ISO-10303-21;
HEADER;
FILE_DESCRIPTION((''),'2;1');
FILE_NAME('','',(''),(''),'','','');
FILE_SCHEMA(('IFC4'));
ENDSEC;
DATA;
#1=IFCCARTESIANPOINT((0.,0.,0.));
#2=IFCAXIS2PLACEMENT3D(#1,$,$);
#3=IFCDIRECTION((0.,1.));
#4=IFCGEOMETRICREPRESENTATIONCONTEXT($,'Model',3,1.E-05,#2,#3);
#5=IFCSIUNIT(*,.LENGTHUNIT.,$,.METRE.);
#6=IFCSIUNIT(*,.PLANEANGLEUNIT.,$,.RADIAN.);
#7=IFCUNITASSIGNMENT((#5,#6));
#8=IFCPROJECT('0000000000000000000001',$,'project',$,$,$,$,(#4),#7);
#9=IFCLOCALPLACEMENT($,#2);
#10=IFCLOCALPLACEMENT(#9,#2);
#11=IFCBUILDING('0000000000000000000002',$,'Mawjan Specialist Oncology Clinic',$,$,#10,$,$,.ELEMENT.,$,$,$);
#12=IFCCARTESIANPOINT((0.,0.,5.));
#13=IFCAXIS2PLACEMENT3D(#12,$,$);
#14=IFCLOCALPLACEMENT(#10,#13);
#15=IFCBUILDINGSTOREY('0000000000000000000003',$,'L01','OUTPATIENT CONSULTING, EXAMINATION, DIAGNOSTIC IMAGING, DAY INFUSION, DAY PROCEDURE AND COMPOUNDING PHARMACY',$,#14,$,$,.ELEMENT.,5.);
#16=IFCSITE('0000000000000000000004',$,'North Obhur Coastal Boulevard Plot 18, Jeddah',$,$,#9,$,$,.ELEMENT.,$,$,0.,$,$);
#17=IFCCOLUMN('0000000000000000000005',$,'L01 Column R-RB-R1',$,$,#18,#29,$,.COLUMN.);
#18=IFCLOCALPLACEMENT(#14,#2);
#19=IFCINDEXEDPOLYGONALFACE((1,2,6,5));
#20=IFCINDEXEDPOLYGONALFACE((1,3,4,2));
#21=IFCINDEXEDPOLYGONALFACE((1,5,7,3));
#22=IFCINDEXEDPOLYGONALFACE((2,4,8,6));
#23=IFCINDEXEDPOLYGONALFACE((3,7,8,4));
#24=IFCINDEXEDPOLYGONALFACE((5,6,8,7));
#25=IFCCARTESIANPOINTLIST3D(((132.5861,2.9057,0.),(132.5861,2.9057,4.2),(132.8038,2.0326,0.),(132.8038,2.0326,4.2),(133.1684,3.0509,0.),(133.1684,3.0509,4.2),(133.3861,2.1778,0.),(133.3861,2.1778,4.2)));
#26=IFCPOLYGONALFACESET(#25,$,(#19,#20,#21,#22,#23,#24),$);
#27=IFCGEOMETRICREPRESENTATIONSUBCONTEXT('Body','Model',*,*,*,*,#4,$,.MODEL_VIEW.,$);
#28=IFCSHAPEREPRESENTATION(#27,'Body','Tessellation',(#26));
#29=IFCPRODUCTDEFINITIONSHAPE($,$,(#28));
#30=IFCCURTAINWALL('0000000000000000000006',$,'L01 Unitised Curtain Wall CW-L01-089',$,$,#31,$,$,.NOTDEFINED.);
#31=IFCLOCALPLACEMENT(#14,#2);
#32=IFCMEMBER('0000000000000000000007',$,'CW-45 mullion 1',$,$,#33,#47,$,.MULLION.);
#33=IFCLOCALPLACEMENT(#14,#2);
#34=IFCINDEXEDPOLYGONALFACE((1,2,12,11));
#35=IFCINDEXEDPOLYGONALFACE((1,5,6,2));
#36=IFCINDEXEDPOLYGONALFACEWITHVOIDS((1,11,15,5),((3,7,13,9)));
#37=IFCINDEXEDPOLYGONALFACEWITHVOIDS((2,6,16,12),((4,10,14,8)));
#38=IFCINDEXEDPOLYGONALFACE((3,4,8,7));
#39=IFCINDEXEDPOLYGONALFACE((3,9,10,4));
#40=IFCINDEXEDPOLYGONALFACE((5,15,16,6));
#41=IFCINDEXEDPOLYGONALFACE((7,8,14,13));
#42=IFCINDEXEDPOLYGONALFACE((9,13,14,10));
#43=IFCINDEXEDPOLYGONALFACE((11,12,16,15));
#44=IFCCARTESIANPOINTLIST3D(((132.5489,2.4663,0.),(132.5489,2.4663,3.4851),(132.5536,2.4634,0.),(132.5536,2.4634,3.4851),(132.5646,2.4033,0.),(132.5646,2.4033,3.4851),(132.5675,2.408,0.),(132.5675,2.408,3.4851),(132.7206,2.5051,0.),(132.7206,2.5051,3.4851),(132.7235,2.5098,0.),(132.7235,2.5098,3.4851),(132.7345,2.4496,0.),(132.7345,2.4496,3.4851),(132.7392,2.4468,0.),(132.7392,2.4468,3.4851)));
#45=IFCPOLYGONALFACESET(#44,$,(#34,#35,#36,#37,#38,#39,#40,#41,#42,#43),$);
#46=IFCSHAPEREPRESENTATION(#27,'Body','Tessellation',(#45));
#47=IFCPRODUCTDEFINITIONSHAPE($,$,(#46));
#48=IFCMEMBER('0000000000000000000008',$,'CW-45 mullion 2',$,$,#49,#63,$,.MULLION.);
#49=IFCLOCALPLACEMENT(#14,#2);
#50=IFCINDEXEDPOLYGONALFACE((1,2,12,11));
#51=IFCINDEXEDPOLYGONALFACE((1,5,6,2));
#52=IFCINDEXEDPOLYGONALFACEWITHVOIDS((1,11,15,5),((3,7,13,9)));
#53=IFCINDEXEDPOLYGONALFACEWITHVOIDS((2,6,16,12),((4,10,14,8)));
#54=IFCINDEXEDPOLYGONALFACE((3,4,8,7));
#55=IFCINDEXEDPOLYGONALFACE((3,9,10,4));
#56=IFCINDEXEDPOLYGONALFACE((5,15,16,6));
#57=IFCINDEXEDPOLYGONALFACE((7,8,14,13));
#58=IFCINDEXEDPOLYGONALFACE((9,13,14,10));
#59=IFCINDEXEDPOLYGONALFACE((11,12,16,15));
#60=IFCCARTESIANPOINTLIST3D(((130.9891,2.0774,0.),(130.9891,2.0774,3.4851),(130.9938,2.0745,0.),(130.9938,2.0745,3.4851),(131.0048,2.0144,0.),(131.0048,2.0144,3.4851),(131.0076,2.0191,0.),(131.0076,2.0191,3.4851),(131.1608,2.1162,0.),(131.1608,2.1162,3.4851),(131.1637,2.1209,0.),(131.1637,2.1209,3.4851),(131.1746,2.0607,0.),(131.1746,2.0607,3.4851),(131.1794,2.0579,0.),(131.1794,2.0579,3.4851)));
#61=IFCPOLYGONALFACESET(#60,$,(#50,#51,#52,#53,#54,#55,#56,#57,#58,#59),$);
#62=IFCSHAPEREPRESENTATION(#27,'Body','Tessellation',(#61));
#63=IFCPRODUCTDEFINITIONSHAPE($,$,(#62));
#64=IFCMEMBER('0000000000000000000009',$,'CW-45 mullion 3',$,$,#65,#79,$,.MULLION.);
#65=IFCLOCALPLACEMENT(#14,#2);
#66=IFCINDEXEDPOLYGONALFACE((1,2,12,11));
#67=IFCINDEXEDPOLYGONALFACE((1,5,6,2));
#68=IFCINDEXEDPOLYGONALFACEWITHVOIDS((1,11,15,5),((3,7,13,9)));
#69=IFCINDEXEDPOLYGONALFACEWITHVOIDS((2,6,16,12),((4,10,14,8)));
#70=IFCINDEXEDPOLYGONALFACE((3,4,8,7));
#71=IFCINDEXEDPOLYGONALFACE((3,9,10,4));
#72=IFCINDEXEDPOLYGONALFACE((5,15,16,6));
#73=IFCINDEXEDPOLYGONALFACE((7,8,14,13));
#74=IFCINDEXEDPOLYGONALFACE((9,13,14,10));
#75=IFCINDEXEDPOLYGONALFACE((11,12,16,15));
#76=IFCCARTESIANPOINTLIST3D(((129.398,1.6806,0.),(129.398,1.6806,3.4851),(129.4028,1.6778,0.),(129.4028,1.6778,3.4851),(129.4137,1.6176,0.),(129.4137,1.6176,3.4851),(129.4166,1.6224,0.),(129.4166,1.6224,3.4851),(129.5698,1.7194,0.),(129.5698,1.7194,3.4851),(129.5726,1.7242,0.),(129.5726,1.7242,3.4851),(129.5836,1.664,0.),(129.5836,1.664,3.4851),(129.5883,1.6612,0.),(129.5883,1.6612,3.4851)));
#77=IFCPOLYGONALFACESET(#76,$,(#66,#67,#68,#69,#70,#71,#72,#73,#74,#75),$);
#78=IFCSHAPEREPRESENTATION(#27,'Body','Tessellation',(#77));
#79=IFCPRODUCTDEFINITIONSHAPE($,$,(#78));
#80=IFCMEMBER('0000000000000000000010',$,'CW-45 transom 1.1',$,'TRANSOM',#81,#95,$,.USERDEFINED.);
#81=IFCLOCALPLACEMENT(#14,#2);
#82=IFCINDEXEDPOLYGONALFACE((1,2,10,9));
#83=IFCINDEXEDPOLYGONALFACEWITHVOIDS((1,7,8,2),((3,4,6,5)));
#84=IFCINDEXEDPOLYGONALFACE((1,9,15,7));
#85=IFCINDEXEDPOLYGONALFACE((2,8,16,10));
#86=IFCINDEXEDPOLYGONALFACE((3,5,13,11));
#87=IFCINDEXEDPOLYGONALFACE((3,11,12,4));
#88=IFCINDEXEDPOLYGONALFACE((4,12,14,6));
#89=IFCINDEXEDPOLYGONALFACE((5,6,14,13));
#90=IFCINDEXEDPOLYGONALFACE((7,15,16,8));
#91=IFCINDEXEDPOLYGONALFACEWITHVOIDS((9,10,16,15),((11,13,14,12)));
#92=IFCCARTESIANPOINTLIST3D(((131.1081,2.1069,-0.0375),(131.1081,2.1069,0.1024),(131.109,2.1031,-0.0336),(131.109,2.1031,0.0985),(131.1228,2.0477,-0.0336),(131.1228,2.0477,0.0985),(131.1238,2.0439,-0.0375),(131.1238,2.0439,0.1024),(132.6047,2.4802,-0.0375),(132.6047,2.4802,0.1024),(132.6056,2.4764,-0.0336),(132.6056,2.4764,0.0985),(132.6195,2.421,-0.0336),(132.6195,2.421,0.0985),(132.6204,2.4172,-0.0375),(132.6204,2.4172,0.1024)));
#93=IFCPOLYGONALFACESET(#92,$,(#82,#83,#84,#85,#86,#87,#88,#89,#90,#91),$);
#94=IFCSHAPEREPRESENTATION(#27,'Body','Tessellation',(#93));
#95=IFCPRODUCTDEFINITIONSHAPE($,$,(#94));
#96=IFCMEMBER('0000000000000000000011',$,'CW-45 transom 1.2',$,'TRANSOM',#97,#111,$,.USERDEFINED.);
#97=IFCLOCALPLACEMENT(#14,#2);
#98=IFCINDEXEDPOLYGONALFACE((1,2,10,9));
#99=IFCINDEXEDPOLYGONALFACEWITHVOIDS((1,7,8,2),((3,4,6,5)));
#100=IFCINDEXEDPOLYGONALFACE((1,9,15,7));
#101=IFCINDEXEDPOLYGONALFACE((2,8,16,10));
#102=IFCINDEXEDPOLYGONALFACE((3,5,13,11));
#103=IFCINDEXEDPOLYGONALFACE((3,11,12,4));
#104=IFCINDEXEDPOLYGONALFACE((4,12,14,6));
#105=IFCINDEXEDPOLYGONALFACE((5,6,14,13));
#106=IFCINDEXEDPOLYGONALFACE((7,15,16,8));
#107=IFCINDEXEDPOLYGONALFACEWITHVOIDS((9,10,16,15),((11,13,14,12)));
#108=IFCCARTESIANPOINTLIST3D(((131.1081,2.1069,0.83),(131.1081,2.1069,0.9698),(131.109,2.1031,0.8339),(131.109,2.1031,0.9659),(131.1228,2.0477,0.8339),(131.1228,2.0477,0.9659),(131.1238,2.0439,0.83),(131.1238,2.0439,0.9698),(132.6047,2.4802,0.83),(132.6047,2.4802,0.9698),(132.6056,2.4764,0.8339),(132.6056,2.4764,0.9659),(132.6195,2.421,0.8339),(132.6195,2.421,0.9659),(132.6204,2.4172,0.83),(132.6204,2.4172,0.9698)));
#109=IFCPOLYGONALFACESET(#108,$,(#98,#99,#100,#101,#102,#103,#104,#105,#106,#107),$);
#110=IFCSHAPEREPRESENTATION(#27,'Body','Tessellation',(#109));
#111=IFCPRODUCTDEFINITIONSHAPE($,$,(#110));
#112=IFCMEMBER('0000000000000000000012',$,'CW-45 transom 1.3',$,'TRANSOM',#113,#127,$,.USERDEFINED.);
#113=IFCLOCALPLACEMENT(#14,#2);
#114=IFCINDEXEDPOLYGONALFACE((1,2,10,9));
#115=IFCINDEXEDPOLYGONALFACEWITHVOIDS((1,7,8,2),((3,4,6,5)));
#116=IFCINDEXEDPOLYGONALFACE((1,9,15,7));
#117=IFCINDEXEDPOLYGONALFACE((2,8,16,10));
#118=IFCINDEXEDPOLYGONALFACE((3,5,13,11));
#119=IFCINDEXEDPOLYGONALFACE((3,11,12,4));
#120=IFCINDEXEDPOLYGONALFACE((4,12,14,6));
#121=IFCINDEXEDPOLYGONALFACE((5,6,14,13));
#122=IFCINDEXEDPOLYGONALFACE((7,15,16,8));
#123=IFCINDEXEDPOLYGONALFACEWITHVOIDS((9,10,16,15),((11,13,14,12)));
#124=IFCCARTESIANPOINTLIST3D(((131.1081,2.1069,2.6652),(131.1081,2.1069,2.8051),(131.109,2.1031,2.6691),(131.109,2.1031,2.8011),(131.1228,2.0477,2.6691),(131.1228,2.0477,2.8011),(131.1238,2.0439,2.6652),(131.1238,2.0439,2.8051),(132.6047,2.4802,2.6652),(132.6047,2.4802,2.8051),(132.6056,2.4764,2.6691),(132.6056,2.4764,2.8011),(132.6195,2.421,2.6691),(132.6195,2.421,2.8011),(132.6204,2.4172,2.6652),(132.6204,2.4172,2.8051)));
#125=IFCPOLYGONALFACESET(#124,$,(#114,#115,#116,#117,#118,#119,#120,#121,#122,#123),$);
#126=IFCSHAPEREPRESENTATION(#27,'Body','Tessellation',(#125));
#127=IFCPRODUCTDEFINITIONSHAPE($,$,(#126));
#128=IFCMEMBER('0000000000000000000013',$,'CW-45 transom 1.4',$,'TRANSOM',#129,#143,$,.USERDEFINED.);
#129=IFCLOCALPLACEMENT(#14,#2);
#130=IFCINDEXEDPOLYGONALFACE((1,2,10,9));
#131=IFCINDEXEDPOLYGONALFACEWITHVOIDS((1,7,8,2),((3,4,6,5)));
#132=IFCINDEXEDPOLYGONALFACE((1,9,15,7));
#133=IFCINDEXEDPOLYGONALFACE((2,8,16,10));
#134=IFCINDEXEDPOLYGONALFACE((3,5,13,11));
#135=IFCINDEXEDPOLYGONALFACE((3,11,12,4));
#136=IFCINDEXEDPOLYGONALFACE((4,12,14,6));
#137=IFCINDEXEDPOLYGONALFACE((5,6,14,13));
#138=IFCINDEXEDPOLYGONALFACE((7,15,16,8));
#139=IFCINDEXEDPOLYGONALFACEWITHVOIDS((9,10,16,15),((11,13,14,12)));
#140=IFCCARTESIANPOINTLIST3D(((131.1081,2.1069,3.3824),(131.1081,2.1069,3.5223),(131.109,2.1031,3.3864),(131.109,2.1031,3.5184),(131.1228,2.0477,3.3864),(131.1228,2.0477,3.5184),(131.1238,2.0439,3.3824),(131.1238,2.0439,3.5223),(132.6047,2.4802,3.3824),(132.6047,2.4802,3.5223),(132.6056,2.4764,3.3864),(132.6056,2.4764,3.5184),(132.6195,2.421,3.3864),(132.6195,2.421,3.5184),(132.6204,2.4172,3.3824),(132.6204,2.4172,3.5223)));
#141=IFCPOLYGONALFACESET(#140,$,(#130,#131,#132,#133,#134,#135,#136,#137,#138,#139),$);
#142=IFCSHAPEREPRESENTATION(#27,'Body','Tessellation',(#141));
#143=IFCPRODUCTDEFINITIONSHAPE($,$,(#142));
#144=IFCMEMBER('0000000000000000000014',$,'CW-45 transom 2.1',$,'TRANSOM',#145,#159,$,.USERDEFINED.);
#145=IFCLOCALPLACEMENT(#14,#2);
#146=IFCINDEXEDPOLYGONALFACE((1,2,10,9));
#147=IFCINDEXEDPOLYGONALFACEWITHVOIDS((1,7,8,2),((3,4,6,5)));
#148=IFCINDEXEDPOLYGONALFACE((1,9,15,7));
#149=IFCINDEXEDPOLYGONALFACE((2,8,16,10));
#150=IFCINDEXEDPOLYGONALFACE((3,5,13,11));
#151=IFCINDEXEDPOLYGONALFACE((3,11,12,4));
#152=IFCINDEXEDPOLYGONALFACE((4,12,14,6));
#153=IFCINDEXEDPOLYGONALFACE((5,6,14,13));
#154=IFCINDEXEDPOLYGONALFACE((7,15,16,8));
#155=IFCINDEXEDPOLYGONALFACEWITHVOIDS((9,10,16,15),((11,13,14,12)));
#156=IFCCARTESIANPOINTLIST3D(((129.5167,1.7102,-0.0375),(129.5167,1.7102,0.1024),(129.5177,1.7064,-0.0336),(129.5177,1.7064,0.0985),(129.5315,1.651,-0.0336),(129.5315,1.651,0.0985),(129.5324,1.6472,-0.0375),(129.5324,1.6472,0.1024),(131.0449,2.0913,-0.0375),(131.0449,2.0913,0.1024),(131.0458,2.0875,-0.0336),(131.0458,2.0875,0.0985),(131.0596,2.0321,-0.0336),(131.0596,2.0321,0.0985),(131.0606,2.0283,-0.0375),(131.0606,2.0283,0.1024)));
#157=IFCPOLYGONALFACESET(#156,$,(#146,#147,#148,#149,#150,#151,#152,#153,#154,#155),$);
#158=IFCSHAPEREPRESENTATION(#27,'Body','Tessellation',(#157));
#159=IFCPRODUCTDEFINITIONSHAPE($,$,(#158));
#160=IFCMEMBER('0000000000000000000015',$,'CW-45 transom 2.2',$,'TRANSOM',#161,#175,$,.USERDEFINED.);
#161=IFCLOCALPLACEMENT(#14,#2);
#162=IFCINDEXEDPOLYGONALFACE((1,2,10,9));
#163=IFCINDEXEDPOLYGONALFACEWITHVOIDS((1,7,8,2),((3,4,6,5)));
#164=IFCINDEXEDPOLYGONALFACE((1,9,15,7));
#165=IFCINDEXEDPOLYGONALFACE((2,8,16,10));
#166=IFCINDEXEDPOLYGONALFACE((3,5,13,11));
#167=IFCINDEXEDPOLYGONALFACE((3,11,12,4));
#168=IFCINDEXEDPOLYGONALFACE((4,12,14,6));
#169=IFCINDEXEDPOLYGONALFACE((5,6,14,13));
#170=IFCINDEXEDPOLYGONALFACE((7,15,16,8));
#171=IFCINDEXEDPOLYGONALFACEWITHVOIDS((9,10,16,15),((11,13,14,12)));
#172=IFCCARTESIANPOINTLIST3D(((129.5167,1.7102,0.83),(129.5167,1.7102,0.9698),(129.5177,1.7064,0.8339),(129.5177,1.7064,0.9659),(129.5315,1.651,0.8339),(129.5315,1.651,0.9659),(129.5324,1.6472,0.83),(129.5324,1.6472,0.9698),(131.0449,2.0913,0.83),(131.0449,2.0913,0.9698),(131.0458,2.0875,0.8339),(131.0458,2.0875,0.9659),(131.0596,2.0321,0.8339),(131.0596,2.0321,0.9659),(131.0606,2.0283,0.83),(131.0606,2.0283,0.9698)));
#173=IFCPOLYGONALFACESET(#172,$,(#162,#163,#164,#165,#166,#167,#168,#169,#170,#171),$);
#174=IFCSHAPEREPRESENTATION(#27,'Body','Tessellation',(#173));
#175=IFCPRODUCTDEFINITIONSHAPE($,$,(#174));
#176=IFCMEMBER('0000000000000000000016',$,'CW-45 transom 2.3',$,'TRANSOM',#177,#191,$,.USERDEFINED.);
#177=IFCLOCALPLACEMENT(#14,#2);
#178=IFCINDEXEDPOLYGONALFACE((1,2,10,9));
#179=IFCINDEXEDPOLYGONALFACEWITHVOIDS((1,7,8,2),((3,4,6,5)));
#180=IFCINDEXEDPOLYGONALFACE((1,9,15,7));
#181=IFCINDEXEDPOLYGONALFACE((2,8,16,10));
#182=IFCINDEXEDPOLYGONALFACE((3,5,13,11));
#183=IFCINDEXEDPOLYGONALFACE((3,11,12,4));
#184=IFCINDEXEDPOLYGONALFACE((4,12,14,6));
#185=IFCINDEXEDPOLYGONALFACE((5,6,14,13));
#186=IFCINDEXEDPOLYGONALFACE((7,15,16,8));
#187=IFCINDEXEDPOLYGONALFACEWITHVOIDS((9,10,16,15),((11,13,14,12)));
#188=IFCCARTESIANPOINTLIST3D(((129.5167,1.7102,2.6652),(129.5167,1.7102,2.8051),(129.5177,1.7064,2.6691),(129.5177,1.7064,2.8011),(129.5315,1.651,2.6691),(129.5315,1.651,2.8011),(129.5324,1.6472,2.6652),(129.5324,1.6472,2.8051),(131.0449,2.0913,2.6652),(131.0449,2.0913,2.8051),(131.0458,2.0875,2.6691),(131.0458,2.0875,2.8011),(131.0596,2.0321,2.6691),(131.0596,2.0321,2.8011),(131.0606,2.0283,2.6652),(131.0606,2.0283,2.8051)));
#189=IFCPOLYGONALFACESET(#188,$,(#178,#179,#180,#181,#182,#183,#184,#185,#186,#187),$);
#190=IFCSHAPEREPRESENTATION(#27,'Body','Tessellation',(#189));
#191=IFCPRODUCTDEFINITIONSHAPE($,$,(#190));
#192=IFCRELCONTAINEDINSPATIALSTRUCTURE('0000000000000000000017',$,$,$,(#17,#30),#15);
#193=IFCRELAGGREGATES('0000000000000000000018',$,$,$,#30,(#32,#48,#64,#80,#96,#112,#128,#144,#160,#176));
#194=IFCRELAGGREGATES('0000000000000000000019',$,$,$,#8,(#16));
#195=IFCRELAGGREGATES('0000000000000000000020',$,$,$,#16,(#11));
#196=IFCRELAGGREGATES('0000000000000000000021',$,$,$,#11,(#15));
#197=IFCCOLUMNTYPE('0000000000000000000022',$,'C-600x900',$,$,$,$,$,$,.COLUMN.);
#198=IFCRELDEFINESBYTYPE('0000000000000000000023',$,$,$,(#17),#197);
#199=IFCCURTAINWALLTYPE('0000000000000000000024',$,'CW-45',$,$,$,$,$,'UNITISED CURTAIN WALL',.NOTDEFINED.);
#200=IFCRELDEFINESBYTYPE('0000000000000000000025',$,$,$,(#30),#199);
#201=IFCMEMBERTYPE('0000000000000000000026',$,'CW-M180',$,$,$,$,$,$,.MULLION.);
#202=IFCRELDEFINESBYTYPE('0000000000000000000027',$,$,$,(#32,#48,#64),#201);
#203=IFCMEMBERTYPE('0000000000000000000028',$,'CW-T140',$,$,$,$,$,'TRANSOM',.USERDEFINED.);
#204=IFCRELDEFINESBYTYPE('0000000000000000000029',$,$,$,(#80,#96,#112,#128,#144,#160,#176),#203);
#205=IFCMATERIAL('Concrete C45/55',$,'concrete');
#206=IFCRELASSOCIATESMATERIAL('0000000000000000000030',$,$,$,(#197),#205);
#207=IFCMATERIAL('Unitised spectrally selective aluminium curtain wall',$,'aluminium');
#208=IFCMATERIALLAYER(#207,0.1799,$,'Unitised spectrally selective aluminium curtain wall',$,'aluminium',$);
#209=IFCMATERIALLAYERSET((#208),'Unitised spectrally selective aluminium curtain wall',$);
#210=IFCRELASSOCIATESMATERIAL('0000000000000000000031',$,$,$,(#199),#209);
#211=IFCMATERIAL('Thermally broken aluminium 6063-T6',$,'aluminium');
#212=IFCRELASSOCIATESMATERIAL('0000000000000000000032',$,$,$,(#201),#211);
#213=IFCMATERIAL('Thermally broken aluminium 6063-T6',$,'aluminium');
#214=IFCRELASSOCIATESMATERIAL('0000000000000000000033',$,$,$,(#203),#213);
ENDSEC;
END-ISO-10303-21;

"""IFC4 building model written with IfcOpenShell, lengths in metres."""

from ifc_helpers import new_model, si_unit, direction, frame, origin, origin_2d, place, context, subcontext, project, spatial, rectangle, hollow_rectangle, extrude, material, layer, layer_set, material_profile, profile_set, type_object, element, aggregate, save


model = new_model("IFC4")

# Units and contexts
model_context = context("Model", 3, precision=1e-05, world=origin(), true_north=direction((0.0, 1.0)))
body_context = subcontext(model_context, "Body", "Model", "MODEL_VIEW")
ifc_project = project(units=[si_unit("LENGTHUNIT", "METRE"), si_unit("PLANEANGLEUNIT", "RADIAN")], contexts=[model_context])

# Site, building, storey
site_placement = place(None, origin())
site = spatial("IfcSite", under=ifc_project, at=site_placement, Name="North Obhur Coastal Boulevard Plot 18, Jeddah", CompositionType="ELEMENT", RefElevation=0.0)
building_placement = place(site_placement, origin())
building = spatial("IfcBuilding", under=site, at=building_placement, Name="Mawjan Specialist Oncology Clinic", CompositionType="ELEMENT")
storey_placement = place(building_placement, frame((0.0, 0.0, 5.0)))
storey = spatial("IfcBuildingStorey", under=building, at=storey_placement, Name="L01", Description="OUTPATIENT CONSULTING, EXAMINATION, DIAGNOSTIC IMAGING, DAY INFUSION, DAY PROCEDURE AND COMPOUNDING PHARMACY", CompositionType="ELEMENT", Elevation=5.0)

# Column
ifc_material_1 = material(Name="Concrete C45/55", Category="concrete")
ifc_material_profile_1 = material_profile(ifc_material_1, rectangle(XDim=0.6001, YDim=0.8999, at=origin_2d()), Name="RC COL 600x900", Category="concrete")
ifc_profile_set_1 = profile_set([ifc_material_profile_1], Name="Concrete C45/55")
column_type = type_object("IfcColumnType", Name="C-600x900", PredefinedType="COLUMN", material=ifc_profile_set_1)
column_placement = place(storey_placement, frame((132.9861, 2.5417, 0.0), z_axis=(0.0, 0.0, 1.0), x_axis=(0.970296, 0.241922, 0.0)))
element("IfcColumn", 1, at=column_placement, inside=storey, type_object=column_type, Name="L01 Column R-RB-R1", PredefinedType="COLUMN", context=body_context, shape_type="SweptSolid", body=[
    extrude(rectangle(XDim=0.6001, YDim=0.8999, at=origin_2d()), origin(), (0.0, 0.0, 1.0), 4.2),
])

# Curtain wall, members
ifc_material_2 = material(Name="Unitised spectrally selective aluminium curtain wall", Category="aluminium")
ifc_layer_1 = layer(ifc_material_2, 0.1799, Name="Unitised spectrally selective aluminium curtain wall", Category="aluminium")
ifc_layer_set_1 = layer_set([ifc_layer_1], Name="Unitised spectrally selective aluminium curtain wall")
curtain_wall_type = type_object("IfcCurtainWallType", Name="CW-45", ElementType="UNITISED CURTAIN WALL", PredefinedType="NOTDEFINED", material=ifc_layer_set_1)
curtain_wall_placement = place(storey_placement, origin())
curtain_wall = element("IfcCurtainWall", 2, at=curtain_wall_placement, inside=storey, type_object=curtain_wall_type, Name="L01 Unitised Curtain Wall CW-L01-089", PredefinedType="NOTDEFINED")
ifc_material_3 = material(Name="Thermally broken aluminium 6063-T6", Category="aluminium")
ifc_material_profile_2 = material_profile(ifc_material_3, hollow_rectangle(XDim=0.0649, YDim=0.1799, WallThickness=0.0039, at=origin_2d()), Name="ALU MULLION 180x65x4", Category="aluminium")
ifc_profile_set_2 = profile_set([ifc_material_profile_2], Name="Thermally broken aluminium 6063-T6")
member_type_1 = type_object("IfcMemberType", Name="CW-M180", PredefinedType="MULLION", material=ifc_profile_set_2)
member_1_placement = place(storey_placement, frame((132.644, 2.4565, 0.0), z_axis=(0.0, 0.0, 1.0), x_axis=(0.241922, -0.970296, 0.0)))
member_1 = element("IfcMember", 3, at=member_1_placement, type_object=member_type_1, Name="CW-45 mullion 1", PredefinedType="MULLION", context=body_context, shape_type="SweptSolid", body=[
    extrude(hollow_rectangle(XDim=0.0649, YDim=0.1799, WallThickness=0.0039, at=origin_2d()), origin(), (0.0, 0.0, 1.0), 3.4851),
])
member_2_placement = place(storey_placement, frame((131.0842, 2.0676, 0.0), z_axis=(0.0, 0.0, 1.0), x_axis=(0.241922, -0.970296, 0.0)))
member_2 = element("IfcMember", 4, at=member_2_placement, type_object=member_type_1, Name="CW-45 mullion 2", PredefinedType="MULLION", context=body_context, shape_type="SweptSolid", body=[
    extrude(hollow_rectangle(XDim=0.0649, YDim=0.1799, WallThickness=0.0039, at=origin_2d()), origin(), (0.0, 0.0, 1.0), 3.4851),
])
member_3_placement = place(storey_placement, frame((129.4932, 1.6709, 0.0), z_axis=(0.0, 0.0, 1.0), x_axis=(0.241922, -0.970296, 0.0)))
member_3 = element("IfcMember", 5, at=member_3_placement, type_object=member_type_1, Name="CW-45 mullion 3", PredefinedType="MULLION", context=body_context, shape_type="SweptSolid", body=[
    extrude(hollow_rectangle(XDim=0.0649, YDim=0.1799, WallThickness=0.0039, at=origin_2d()), origin(), (0.0, 0.0, 1.0), 3.4851),
])
ifc_material_4 = material(Name="Thermally broken aluminium 6063-T6", Category="aluminium")
ifc_material_profile_3 = material_profile(ifc_material_4, hollow_rectangle(XDim=0.0649, YDim=0.1399, WallThickness=0.0039, at=origin_2d()), Name="ALU TRANSOM 140x65x4", Category="aluminium")
ifc_profile_set_3 = profile_set([ifc_material_profile_3], Name="Thermally broken aluminium 6063-T6")
member_type_2 = type_object("IfcMemberType", Name="CW-T140", ElementType="TRANSOM", PredefinedType="USERDEFINED", material=ifc_profile_set_3)
member_4_placement = place(storey_placement, frame((132.6125, 2.4487, 0.0325), z_axis=(-0.970273, -0.242014, 0.0), x_axis=(0.242014, -0.970273, 0.0)))
member_4 = element("IfcMember", 6, at=member_4_placement, type_object=member_type_2, Name="CW-45 transom 1.1", ObjectType="TRANSOM", PredefinedType="USERDEFINED", context=body_context, shape_type="SweptSolid", body=[
    extrude(hollow_rectangle(XDim=0.0649, YDim=0.1399, WallThickness=0.0039, at=origin_2d()), origin(), (0.0, 0.0, 1.0), 1.5425),
])
member_5_placement = place(storey_placement, frame((132.6125, 2.4487, 0.8999), z_axis=(-0.970273, -0.242014, 0.0), x_axis=(0.242014, -0.970273, 0.0)))
member_5 = element("IfcMember", 7, at=member_5_placement, type_object=member_type_2, Name="CW-45 transom 1.2", ObjectType="TRANSOM", PredefinedType="USERDEFINED", context=body_context, shape_type="SweptSolid", body=[
    extrude(hollow_rectangle(XDim=0.0649, YDim=0.1399, WallThickness=0.0039, at=origin_2d()), origin(), (0.0, 0.0, 1.0), 1.5425),
])
member_6_placement = place(storey_placement, frame((132.6125, 2.4487, 2.7351), z_axis=(-0.970273, -0.242014, 0.0), x_axis=(0.242014, -0.970273, 0.0)))
member_6 = element("IfcMember", 8, at=member_6_placement, type_object=member_type_2, Name="CW-45 transom 1.3", ObjectType="TRANSOM", PredefinedType="USERDEFINED", context=body_context, shape_type="SweptSolid", body=[
    extrude(hollow_rectangle(XDim=0.0649, YDim=0.1399, WallThickness=0.0039, at=origin_2d()), origin(), (0.0, 0.0, 1.0), 1.5425),
])
member_7_placement = place(storey_placement, frame((132.6125, 2.4487, 3.4524), z_axis=(-0.970273, -0.242014, 0.0), x_axis=(0.242014, -0.970273, 0.0)))
member_7 = element("IfcMember", 9, at=member_7_placement, type_object=member_type_2, Name="CW-45 transom 1.4", ObjectType="TRANSOM", PredefinedType="USERDEFINED", context=body_context, shape_type="SweptSolid", body=[
    extrude(hollow_rectangle(XDim=0.0649, YDim=0.1399, WallThickness=0.0039, at=origin_2d()), origin(), (0.0, 0.0, 1.0), 1.5425),
])
member_8_placement = place(storey_placement, frame((131.0527, 2.0598, 0.0325), z_axis=(-0.970279, -0.241988, 0.0), x_axis=(0.241988, -0.970279, 0.0)))
member_8 = element("IfcMember", 10, at=member_8_placement, type_object=member_type_2, Name="CW-45 transom 2.1", ObjectType="TRANSOM", PredefinedType="USERDEFINED", context=body_context, shape_type="SweptSolid", body=[
    extrude(hollow_rectangle(XDim=0.0649, YDim=0.1399, WallThickness=0.0039, at=origin_2d()), origin(), (0.0, 0.0, 1.0), 1.575),
])
member_9_placement = place(storey_placement, frame((131.0527, 2.0598, 0.8999), z_axis=(-0.970279, -0.241988, 0.0), x_axis=(0.241988, -0.970279, 0.0)))
member_9 = element("IfcMember", 11, at=member_9_placement, type_object=member_type_2, Name="CW-45 transom 2.2", ObjectType="TRANSOM", PredefinedType="USERDEFINED", context=body_context, shape_type="SweptSolid", body=[
    extrude(hollow_rectangle(XDim=0.0649, YDim=0.1399, WallThickness=0.0039, at=origin_2d()), origin(), (0.0, 0.0, 1.0), 1.575),
])
member_10_placement = place(storey_placement, frame((131.0527, 2.0598, 2.7351), z_axis=(-0.970279, -0.241988, 0.0), x_axis=(0.241988, -0.970279, 0.0)))
member_10 = element("IfcMember", 12, at=member_10_placement, type_object=member_type_2, Name="CW-45 transom 2.3", ObjectType="TRANSOM", PredefinedType="USERDEFINED", context=body_context, shape_type="SweptSolid", body=[
    extrude(hollow_rectangle(XDim=0.0649, YDim=0.1399, WallThickness=0.0039, at=origin_2d()), origin(), (0.0, 0.0, 1.0), 1.575),
])

aggregate(curtain_wall, [member_1, member_2, member_3, member_4, member_5, member_6, member_7, member_8, member_9, member_10])

save(model, "model.ifc")
